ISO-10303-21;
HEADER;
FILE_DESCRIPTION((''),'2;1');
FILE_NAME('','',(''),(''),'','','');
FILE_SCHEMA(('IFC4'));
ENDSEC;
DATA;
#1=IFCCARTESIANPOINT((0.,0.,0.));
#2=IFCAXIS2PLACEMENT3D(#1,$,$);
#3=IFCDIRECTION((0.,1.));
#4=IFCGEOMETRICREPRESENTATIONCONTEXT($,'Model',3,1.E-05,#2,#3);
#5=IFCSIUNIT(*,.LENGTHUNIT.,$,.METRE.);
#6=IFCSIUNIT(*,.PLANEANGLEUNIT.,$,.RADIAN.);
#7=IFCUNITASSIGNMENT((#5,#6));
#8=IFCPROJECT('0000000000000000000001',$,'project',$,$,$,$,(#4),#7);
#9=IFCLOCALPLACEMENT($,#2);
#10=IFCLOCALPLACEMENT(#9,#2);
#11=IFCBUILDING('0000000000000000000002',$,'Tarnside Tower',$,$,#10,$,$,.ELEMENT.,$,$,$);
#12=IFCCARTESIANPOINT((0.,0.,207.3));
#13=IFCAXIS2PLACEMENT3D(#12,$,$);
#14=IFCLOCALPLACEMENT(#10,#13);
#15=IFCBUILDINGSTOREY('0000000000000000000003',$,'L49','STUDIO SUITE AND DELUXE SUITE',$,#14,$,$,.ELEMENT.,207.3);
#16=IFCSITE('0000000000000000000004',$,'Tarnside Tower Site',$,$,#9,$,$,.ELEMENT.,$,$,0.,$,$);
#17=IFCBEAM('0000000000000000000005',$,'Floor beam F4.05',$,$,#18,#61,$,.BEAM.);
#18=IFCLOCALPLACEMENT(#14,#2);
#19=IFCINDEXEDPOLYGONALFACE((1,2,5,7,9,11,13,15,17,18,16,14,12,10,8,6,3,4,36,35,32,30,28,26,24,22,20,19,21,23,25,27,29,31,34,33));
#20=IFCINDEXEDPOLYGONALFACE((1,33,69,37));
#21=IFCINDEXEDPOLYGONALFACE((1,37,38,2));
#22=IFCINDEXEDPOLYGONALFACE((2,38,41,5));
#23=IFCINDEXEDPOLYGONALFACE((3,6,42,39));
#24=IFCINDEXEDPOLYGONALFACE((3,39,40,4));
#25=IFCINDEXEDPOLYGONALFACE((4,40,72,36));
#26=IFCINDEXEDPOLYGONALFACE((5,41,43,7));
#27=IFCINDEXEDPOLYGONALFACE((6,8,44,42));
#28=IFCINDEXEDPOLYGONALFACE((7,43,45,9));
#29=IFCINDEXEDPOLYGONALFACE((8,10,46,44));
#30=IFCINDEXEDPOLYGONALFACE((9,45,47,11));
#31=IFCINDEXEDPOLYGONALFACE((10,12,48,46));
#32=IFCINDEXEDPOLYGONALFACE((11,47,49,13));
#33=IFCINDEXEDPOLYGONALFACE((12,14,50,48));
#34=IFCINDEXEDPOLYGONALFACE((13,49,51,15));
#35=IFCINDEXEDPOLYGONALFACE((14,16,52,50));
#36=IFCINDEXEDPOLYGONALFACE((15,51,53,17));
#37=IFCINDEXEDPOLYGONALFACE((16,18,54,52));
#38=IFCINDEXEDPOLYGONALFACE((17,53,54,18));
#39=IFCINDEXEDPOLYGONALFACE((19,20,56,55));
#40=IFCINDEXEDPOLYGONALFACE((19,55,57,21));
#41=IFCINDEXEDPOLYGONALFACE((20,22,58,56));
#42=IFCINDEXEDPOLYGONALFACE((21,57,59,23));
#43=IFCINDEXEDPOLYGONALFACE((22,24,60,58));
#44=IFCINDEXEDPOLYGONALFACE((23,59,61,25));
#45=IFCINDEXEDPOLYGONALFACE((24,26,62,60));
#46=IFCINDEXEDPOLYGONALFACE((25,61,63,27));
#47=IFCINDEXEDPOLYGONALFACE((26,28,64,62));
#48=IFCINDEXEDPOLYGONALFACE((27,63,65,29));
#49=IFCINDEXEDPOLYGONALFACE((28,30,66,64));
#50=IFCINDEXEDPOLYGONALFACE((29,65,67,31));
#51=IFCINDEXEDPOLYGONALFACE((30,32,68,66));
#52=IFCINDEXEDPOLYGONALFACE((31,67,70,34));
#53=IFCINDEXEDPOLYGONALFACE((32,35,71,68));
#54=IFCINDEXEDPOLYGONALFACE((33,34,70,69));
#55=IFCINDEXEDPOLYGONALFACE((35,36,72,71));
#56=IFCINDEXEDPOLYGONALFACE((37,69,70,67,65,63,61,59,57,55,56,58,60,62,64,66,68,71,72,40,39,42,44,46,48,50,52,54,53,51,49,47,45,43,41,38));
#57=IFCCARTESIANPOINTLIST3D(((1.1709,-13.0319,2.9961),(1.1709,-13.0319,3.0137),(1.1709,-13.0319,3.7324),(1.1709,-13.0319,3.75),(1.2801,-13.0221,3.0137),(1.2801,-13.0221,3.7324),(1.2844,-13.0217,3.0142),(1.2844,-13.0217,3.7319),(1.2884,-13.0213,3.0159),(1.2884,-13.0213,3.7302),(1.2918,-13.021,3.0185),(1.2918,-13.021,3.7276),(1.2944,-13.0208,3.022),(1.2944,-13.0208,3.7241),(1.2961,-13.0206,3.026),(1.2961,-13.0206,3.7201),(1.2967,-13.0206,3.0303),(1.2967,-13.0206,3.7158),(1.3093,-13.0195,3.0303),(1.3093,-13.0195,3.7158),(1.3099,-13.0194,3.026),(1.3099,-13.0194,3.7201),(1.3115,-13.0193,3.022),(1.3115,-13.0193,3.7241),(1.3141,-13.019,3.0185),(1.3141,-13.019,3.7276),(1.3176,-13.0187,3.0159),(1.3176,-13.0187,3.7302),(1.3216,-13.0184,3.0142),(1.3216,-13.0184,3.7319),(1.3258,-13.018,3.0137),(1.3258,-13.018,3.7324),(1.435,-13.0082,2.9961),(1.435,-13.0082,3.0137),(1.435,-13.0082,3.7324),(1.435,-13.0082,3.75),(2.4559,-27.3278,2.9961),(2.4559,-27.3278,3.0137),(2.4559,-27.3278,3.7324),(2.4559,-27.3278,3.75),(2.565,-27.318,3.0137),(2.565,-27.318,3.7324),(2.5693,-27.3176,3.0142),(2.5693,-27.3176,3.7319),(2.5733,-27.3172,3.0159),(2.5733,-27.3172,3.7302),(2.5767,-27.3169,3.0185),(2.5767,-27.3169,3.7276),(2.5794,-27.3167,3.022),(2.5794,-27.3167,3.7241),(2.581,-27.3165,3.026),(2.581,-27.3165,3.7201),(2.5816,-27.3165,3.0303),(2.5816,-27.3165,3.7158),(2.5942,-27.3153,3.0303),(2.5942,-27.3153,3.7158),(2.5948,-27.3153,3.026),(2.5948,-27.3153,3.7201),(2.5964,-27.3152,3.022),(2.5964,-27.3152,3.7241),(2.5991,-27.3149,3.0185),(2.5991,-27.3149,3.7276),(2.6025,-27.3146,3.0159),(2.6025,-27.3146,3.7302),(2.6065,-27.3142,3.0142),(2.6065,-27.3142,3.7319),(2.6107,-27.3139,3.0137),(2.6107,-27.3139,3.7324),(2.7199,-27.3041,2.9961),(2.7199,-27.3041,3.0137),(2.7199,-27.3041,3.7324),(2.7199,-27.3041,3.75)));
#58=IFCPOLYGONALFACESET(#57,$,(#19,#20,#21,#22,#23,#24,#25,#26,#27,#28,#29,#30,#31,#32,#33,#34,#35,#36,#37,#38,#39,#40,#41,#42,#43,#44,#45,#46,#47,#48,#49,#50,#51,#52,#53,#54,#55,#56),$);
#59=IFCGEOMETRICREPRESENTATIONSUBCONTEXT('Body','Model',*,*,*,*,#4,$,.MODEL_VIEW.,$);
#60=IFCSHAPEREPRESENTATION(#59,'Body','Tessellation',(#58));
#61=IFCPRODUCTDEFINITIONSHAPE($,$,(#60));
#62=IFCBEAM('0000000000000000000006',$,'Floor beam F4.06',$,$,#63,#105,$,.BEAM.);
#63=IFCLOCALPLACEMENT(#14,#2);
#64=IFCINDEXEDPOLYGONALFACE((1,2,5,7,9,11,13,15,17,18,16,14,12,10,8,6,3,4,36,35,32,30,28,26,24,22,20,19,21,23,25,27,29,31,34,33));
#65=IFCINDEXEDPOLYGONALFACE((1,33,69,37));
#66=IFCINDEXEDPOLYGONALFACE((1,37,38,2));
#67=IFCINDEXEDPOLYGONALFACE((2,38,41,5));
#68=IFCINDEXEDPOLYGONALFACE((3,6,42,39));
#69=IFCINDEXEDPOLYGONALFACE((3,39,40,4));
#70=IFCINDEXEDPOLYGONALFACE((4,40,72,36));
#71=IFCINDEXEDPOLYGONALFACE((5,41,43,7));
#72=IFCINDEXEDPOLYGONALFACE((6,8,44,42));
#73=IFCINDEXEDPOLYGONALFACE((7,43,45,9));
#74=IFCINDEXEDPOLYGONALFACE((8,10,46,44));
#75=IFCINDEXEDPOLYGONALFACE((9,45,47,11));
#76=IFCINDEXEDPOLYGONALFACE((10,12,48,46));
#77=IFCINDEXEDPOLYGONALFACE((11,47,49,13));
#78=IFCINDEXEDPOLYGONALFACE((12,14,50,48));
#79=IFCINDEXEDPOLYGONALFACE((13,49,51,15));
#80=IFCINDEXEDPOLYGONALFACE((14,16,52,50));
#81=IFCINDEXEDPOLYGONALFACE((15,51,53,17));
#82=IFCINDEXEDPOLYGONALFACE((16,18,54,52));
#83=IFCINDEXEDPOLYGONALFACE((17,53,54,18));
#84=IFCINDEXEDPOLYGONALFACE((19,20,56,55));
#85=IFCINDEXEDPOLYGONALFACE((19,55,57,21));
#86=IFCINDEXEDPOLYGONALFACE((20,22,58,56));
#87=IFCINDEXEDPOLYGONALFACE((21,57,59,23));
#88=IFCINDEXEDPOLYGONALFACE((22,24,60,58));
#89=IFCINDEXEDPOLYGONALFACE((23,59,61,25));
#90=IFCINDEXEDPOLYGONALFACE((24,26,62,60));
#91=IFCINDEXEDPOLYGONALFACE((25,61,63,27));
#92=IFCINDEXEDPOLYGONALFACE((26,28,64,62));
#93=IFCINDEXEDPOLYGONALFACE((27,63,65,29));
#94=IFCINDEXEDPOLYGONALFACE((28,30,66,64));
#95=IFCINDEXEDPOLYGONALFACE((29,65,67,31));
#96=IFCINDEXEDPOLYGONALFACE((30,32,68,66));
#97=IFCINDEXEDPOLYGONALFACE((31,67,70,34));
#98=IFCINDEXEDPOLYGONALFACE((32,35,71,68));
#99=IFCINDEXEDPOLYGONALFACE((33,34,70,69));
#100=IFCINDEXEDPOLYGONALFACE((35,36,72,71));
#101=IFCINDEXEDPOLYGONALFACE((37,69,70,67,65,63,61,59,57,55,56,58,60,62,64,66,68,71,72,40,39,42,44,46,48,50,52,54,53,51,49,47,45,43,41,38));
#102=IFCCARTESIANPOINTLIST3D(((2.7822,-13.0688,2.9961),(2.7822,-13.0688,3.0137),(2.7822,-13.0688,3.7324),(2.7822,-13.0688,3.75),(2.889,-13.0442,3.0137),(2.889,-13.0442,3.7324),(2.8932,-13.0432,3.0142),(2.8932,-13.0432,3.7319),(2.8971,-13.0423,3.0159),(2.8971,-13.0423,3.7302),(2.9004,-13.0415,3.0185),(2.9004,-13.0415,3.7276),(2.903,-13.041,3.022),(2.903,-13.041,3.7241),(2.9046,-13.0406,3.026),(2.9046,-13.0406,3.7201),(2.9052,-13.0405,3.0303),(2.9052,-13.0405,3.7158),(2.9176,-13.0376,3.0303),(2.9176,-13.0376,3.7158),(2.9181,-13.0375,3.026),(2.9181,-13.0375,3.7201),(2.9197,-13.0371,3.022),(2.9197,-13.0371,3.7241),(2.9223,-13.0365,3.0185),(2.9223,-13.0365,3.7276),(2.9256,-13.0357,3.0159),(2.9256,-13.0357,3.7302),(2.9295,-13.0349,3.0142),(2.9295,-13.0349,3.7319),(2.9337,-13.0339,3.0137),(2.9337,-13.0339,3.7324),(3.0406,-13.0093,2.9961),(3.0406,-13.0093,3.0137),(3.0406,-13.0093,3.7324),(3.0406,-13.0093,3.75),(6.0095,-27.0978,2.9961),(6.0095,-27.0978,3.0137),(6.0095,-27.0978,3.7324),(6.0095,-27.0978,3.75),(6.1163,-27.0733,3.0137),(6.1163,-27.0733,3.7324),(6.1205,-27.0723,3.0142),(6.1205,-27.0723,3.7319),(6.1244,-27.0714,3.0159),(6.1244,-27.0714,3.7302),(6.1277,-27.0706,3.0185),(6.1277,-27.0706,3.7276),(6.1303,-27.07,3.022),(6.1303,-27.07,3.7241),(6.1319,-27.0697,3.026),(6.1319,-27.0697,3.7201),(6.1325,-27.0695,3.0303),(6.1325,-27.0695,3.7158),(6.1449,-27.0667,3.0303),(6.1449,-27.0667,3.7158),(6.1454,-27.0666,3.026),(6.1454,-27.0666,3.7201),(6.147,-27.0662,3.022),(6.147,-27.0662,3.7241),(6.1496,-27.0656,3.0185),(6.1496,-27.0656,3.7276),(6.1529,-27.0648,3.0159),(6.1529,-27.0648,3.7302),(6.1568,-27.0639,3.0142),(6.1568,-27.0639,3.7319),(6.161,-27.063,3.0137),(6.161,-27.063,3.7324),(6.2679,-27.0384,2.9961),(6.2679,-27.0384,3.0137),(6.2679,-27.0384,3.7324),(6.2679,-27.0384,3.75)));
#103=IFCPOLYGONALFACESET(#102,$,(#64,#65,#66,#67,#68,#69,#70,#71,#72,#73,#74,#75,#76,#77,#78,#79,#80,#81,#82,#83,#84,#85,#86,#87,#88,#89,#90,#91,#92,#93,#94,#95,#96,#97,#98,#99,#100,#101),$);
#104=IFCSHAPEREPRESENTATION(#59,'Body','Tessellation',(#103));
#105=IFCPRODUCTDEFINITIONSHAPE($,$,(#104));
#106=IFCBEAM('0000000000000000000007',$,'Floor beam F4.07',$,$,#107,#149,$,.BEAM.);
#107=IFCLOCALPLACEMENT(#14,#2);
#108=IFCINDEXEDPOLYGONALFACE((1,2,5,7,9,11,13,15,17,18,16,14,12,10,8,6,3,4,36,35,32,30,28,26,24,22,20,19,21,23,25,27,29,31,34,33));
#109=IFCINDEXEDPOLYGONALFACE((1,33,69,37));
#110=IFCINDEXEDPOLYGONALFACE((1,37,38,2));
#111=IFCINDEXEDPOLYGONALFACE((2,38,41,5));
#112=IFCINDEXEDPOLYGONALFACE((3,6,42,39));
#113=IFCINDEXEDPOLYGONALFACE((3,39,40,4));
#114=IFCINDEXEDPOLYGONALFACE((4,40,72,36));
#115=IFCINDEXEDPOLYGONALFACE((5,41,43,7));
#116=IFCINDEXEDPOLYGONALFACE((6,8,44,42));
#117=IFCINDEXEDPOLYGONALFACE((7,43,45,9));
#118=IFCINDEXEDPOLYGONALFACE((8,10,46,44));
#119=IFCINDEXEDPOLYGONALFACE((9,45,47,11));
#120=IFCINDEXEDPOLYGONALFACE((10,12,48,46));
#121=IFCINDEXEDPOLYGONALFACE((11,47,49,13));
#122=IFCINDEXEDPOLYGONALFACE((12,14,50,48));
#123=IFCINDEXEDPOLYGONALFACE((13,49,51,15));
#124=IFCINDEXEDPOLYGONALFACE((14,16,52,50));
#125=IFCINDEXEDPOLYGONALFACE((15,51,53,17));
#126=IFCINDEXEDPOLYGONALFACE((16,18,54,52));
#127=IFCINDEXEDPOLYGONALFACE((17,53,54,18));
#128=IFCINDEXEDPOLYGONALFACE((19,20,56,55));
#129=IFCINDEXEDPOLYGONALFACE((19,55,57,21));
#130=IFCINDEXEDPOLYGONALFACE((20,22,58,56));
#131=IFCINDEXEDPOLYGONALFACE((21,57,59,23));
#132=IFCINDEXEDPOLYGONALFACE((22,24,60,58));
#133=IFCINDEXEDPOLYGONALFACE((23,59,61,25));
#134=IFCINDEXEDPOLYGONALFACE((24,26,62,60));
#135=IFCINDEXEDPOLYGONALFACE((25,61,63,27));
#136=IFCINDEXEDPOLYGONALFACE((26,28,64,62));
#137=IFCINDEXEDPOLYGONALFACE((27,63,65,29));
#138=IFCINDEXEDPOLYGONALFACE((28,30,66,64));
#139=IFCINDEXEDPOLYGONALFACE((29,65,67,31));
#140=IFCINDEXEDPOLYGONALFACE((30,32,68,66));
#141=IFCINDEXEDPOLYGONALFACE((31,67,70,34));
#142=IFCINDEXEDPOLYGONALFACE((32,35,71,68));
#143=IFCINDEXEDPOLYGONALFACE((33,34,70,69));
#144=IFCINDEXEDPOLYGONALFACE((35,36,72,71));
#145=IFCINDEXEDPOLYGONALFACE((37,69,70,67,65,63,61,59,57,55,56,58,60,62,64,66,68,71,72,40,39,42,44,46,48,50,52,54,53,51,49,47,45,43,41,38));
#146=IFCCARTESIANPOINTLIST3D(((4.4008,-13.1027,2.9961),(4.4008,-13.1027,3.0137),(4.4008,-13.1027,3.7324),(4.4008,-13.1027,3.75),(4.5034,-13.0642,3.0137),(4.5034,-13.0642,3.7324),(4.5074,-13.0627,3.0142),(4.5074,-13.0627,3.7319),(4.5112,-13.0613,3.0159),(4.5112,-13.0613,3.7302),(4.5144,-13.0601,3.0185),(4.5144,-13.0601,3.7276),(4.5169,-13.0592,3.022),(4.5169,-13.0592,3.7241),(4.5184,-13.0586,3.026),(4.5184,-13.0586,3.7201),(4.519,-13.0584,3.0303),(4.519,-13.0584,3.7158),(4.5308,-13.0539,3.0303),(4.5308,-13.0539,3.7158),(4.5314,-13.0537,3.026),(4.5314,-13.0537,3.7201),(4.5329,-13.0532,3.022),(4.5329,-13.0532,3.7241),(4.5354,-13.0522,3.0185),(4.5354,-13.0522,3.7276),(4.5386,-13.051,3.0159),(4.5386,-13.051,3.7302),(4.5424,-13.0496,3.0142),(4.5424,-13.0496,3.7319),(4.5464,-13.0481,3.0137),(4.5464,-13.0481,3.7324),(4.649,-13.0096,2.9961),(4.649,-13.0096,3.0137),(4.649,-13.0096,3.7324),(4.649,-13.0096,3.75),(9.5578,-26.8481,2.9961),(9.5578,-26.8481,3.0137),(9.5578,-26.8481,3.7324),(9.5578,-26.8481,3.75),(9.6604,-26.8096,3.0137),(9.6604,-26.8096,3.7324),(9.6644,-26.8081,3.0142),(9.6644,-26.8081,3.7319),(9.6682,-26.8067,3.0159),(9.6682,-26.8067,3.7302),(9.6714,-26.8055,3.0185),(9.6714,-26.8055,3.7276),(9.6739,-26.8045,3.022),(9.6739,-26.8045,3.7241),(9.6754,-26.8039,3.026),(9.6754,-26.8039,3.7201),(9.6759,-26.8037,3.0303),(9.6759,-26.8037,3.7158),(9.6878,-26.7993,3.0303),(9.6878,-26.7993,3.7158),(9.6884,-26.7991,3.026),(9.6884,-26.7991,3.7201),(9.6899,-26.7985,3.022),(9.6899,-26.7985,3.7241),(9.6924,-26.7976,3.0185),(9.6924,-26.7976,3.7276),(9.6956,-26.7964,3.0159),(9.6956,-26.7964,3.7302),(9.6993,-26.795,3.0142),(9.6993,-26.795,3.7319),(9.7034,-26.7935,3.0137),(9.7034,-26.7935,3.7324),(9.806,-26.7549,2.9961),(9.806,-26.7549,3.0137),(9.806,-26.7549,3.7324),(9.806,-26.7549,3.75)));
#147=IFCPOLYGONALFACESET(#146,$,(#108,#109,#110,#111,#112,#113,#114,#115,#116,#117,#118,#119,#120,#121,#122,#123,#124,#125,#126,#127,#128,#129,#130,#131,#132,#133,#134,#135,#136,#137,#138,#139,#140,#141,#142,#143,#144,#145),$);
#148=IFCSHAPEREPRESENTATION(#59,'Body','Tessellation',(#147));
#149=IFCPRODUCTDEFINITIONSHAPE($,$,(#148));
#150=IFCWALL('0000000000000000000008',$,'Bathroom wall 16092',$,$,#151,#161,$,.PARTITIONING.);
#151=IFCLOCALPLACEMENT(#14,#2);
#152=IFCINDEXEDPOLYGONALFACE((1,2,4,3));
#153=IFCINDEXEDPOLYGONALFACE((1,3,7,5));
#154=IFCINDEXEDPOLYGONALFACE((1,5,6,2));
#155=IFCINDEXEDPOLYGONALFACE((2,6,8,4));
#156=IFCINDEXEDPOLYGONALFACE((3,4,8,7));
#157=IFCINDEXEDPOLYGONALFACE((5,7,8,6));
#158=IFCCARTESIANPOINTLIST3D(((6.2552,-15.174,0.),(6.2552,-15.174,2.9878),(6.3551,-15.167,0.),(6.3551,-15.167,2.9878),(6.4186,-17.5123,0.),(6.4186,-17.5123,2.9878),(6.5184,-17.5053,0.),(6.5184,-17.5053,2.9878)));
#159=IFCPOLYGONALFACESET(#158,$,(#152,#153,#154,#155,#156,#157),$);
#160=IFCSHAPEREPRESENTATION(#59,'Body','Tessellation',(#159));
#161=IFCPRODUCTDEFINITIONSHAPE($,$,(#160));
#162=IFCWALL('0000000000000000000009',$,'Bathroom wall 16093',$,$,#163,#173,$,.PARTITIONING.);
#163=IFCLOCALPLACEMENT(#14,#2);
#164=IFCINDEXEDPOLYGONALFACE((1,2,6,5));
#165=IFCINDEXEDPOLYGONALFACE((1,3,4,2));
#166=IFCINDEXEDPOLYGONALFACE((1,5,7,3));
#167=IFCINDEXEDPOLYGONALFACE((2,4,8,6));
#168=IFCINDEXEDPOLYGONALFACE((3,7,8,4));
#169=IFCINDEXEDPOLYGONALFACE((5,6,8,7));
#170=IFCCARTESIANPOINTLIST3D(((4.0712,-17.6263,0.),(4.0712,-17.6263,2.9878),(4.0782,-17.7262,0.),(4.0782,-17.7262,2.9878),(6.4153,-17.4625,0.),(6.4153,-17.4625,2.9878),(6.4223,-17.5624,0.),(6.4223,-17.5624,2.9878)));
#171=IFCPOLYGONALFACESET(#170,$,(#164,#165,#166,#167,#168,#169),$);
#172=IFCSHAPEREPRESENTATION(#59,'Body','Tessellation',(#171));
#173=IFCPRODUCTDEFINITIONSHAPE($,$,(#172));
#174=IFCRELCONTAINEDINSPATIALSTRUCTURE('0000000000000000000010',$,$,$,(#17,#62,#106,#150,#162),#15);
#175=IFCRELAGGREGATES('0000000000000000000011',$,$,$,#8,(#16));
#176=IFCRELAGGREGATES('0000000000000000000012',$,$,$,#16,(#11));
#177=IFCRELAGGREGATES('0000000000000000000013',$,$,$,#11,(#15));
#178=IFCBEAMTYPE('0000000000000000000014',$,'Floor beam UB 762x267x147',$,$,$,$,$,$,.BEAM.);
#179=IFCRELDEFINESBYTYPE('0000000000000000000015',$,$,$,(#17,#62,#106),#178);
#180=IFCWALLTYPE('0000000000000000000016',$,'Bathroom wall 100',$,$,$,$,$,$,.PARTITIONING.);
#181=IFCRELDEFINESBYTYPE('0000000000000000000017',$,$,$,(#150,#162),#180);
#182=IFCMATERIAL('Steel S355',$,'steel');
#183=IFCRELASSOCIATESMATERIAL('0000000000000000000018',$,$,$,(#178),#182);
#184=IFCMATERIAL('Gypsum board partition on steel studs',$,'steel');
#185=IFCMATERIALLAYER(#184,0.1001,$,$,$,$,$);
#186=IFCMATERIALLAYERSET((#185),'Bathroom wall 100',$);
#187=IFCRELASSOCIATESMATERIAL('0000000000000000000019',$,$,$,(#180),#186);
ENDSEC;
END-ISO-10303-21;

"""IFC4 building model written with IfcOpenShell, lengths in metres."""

from ifc_helpers import new_model, si_unit, direction, frame, frame_2d, origin, origin_2d, place, context, subcontext, project, spatial, rectangle, i_section, extrude, material, layer, layer_set, material_profile, profile_set, type_object, element, save


model = new_model("IFC4")

# Units and contexts
model_context = context("Model", 3, precision=1e-05, world=origin(), true_north=direction((0.0, 1.0)))
body_context = subcontext(model_context, "Body", "Model", "MODEL_VIEW")
ifc_project = project(units=[si_unit("LENGTHUNIT", "METRE"), si_unit("PLANEANGLEUNIT", "RADIAN")], contexts=[model_context])

# Site, building, storey
site_placement = place(None, origin())
site = spatial("IfcSite", under=ifc_project, at=site_placement, Name="Tarnside Tower Site", CompositionType="ELEMENT", RefElevation=0.0)
building_placement = place(site_placement, origin())
building = spatial("IfcBuilding", under=site, at=building_placement, Name="Tarnside Tower", CompositionType="ELEMENT")
storey_placement = place(building_placement, frame((0.0, 0.0, 207.3)))
storey = spatial("IfcBuildingStorey", under=building, at=storey_placement, Name="L49", Description="STUDIO SUITE AND DELUXE SUITE", CompositionType="ELEMENT", Elevation=207.3)

# Beams
ifc_material_1 = material(Name="Steel S355", Category="steel")
ifc_material_profile = material_profile(ifc_material_1, i_section(OverallWidth=0.2651, OverallDepth=0.7539, WebThickness=0.0127, FlangeThickness=0.0176, FilletRadius=0.0166, at=origin_2d()), Name="UB 762x267x147")
ifc_profile_set = profile_set([ifc_material_profile], Name="Steel S355")
beam_type = type_object("IfcBeamType", Name="Floor beam UB 762x267x147", PredefinedType="BEAM", material=ifc_profile_set)
beam_1_placement = place(storey_placement, frame((2.5879, -27.3159, 3.373), z_axis=(-0.089519, 0.995985, 0.0), x_axis=(-0.995985, -0.089519, 0.0)))
element("IfcBeam", 1, at=beam_1_placement, inside=storey, type_object=beam_type, Name="Floor beam F4.05", PredefinedType="BEAM", context=body_context, shape_type="SweptSolid", body=[
    extrude(i_section(OverallWidth=0.2651, OverallDepth=0.7539, WebThickness=0.0127, FlangeThickness=0.0176, FilletRadius=0.0166, at=origin_2d()), origin(), (0.0, 0.0, 1.0), 14.3535),
])
beam_2_placement = place(storey_placement, frame((6.1387, -27.0681, 3.373), z_axis=(-0.224188, 0.974546, 0.0), x_axis=(-0.974546, -0.224188, 0.0)))
element("IfcBeam", 2, at=beam_2_placement, inside=storey, type_object=beam_type, Name="Floor beam F4.06", PredefinedType="BEAM", context=body_context, shape_type="SweptSolid", body=[
    extrude(i_section(OverallWidth=0.2651, OverallDepth=0.7539, WebThickness=0.0127, FlangeThickness=0.0176, FilletRadius=0.0166, at=origin_2d()), origin(), (0.0, 0.0, 1.0), 14.3955),
])
beam_3_placement = place(storey_placement, frame((9.6819, -26.8015, 3.373), z_axis=(-0.351271, 0.936274, 0.0), x_axis=(-0.936274, -0.351271, 0.0)))
element("IfcBeam", 3, at=beam_3_placement, inside=storey, type_object=beam_type, Name="Floor beam F4.07", PredefinedType="BEAM", context=body_context, shape_type="SweptSolid", body=[
    extrude(i_section(OverallWidth=0.2651, OverallDepth=0.7539, WebThickness=0.0127, FlangeThickness=0.0176, FilletRadius=0.0166, at=origin_2d()), origin(), (0.0, 0.0, 1.0), 14.6809),
])

# Walls
ifc_material_2 = material(Name="Gypsum board partition on steel studs", Category="steel")
ifc_layer_1 = layer(ifc_material_2, 0.1001)
ifc_layer_set_1 = layer_set([ifc_layer_1], Name="Bathroom wall 100")
wall_type_1 = type_object("IfcWallType", Name="Bathroom wall 100", PredefinedType="PARTITIONING", material=ifc_layer_set_1)
wall_1_placement = place(storey_placement, frame((6.3052, -15.1707, 0.0), z_axis=(0.0, 0.0, 1.0), x_axis=(0.069678, -0.99757, 0.0)))
element("IfcWall", 4, at=wall_1_placement, inside=storey, type_object=wall_type_1, Name="Bathroom wall 16092", PredefinedType="PARTITIONING", context=body_context, shape_type="SweptSolid", body=[
    extrude(rectangle(XDim=2.344, YDim=0.1001, at=frame_2d((1.1719, 0.0))), origin(), (0.0, 0.0, 1.0), 2.9878),
])
wall_2_placement = place(storey_placement, frame((6.4187, -17.5125, 0.0), z_axis=(0.0, 0.0, 1.0), x_axis=(-0.997567, -0.069711, 0.0)))
element("IfcWall", 5, at=wall_2_placement, inside=storey, type_object=wall_type_1, Name="Bathroom wall 16093", PredefinedType="PARTITIONING", context=body_context, shape_type="SweptSolid", body=[
    extrude(rectangle(XDim=2.3499, YDim=0.1001, at=frame_2d((1.1748, 0.0))), origin(), (0.0, 0.0, 1.0), 2.9878),
])

save(model, "model.ifc")
